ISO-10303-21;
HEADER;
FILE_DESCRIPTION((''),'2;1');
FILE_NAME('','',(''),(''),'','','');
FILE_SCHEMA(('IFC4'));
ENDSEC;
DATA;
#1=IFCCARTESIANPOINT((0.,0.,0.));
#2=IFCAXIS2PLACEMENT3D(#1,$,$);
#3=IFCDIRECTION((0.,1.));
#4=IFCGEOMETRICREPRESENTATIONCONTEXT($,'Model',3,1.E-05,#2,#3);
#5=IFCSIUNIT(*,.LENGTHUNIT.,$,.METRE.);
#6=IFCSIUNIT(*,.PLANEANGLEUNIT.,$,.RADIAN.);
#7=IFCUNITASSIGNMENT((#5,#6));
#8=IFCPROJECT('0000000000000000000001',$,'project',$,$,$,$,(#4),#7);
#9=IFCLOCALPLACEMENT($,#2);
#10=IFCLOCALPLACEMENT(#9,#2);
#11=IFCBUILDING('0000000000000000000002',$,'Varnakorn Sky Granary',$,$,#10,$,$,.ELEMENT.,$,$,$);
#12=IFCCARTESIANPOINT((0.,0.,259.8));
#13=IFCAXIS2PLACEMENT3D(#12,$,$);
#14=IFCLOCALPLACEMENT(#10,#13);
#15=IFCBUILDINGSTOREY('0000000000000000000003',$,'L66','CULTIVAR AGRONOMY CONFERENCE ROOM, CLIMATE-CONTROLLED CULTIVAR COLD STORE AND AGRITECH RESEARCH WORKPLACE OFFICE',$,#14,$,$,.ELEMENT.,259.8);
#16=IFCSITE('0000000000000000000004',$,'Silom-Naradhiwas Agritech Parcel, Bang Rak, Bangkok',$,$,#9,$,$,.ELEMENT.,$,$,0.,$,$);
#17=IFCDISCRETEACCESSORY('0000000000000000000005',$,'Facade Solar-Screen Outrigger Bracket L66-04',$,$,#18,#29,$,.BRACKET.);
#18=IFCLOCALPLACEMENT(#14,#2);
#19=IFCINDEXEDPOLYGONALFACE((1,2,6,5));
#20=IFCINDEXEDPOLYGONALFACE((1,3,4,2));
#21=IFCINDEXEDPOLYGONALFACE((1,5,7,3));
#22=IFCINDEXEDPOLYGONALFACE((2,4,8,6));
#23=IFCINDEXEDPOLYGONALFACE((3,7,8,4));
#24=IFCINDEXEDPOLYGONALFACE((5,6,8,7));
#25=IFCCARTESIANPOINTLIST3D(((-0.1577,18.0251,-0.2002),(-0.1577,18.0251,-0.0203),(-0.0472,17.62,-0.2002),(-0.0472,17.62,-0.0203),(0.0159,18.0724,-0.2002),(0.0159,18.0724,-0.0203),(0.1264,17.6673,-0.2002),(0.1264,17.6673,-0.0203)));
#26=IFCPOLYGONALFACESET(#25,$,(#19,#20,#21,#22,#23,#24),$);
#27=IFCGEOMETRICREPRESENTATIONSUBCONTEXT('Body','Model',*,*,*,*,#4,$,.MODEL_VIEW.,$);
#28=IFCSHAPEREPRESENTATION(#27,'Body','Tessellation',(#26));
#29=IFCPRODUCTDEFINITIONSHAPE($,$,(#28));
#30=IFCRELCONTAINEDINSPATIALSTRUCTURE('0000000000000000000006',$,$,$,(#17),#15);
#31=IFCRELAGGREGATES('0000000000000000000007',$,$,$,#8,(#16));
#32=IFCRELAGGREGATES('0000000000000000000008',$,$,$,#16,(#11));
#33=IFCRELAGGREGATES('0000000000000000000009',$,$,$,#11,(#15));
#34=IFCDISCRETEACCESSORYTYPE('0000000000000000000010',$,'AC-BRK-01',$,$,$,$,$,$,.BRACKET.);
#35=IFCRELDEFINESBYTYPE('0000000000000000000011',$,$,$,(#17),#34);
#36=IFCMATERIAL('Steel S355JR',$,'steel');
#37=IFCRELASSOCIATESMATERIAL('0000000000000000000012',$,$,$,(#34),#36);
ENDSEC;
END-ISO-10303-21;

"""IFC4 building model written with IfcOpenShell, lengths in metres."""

from ifc_helpers import new_model, si_unit, direction, frame, origin, origin_2d, place, context, subcontext, project, spatial, rectangle, extrude, source, transform, mapped, material, type_object, type_shapes, element, save


model = new_model("IFC4")

# Units and contexts
model_context = context("Model", 3, precision=1e-05, world=origin(), true_north=direction((0.0, 1.0)))
body_context = subcontext(model_context, "Body", "Model", "MODEL_VIEW")
ifc_project = project(units=[si_unit("LENGTHUNIT", "METRE"), si_unit("PLANEANGLEUNIT", "RADIAN")], contexts=[model_context])

# Site, building, storey
site_placement = place(None, origin())
site = spatial("IfcSite", under=ifc_project, at=site_placement, Name="Silom-Naradhiwas Agritech Parcel, Bang Rak, Bangkok", CompositionType="ELEMENT", RefElevation=0.0)
building_placement = place(site_placement, origin())
building = spatial("IfcBuilding", under=site, at=building_placement, Name="Varnakorn Sky Granary", CompositionType="ELEMENT")
storey_placement = place(building_placement, frame((0.0, 0.0, 259.8)))
storey = spatial("IfcBuildingStorey", under=building, at=storey_placement, Name="L66", Description="CULTIVAR AGRONOMY CONFERENCE ROOM, CLIMATE-CONTROLLED CULTIVAR COLD STORE AND AGRITECH RESEARCH WORKPLACE OFFICE", CompositionType="ELEMENT", Elevation=259.8)

# Shared definitions
ifc_material_1 = material(Name="Steel S355JR", Category="steel")

# Discrete accessory
discrete_accessory_type = type_object("IfcDiscreteAccessoryType", Name="AC-BRK-01", PredefinedType="BRACKET", material=ifc_material_1)
shared_shape_1 = source(origin(), body_context, "Body", "SweptSolid", [
    extrude(rectangle(XDim=0.1799, YDim=0.4199, at=origin_2d()), origin(), (0.0, 0.0, 1.0), 0.1799),
])
type_shapes(discrete_accessory_type, [shared_shape_1])
discrete_accessory_placement = place(storey_placement, frame((-0.0156, 17.8462, -0.2002), z_axis=(0.0, 0.0, 1.0), x_axis=(-0.964786, -0.263037, 0.0)))
element("IfcDiscreteAccessory", 1, at=discrete_accessory_placement, inside=storey, type_object=discrete_accessory_type, Name="Facade Solar-Screen Outrigger Bracket L66-04", PredefinedType="BRACKET", context=body_context, shape_type="MappedRepresentation", body=[
    mapped(shared_shape_1, transform((0.0, 0.0, 0.0), x_axis=(1.0, 0.0, 0.0), y_axis=(0.0, 1.0, 0.0), z_axis=(0.0, 0.0, 1.0), scale=1.0)),
])

save(model, "model.ifc")
